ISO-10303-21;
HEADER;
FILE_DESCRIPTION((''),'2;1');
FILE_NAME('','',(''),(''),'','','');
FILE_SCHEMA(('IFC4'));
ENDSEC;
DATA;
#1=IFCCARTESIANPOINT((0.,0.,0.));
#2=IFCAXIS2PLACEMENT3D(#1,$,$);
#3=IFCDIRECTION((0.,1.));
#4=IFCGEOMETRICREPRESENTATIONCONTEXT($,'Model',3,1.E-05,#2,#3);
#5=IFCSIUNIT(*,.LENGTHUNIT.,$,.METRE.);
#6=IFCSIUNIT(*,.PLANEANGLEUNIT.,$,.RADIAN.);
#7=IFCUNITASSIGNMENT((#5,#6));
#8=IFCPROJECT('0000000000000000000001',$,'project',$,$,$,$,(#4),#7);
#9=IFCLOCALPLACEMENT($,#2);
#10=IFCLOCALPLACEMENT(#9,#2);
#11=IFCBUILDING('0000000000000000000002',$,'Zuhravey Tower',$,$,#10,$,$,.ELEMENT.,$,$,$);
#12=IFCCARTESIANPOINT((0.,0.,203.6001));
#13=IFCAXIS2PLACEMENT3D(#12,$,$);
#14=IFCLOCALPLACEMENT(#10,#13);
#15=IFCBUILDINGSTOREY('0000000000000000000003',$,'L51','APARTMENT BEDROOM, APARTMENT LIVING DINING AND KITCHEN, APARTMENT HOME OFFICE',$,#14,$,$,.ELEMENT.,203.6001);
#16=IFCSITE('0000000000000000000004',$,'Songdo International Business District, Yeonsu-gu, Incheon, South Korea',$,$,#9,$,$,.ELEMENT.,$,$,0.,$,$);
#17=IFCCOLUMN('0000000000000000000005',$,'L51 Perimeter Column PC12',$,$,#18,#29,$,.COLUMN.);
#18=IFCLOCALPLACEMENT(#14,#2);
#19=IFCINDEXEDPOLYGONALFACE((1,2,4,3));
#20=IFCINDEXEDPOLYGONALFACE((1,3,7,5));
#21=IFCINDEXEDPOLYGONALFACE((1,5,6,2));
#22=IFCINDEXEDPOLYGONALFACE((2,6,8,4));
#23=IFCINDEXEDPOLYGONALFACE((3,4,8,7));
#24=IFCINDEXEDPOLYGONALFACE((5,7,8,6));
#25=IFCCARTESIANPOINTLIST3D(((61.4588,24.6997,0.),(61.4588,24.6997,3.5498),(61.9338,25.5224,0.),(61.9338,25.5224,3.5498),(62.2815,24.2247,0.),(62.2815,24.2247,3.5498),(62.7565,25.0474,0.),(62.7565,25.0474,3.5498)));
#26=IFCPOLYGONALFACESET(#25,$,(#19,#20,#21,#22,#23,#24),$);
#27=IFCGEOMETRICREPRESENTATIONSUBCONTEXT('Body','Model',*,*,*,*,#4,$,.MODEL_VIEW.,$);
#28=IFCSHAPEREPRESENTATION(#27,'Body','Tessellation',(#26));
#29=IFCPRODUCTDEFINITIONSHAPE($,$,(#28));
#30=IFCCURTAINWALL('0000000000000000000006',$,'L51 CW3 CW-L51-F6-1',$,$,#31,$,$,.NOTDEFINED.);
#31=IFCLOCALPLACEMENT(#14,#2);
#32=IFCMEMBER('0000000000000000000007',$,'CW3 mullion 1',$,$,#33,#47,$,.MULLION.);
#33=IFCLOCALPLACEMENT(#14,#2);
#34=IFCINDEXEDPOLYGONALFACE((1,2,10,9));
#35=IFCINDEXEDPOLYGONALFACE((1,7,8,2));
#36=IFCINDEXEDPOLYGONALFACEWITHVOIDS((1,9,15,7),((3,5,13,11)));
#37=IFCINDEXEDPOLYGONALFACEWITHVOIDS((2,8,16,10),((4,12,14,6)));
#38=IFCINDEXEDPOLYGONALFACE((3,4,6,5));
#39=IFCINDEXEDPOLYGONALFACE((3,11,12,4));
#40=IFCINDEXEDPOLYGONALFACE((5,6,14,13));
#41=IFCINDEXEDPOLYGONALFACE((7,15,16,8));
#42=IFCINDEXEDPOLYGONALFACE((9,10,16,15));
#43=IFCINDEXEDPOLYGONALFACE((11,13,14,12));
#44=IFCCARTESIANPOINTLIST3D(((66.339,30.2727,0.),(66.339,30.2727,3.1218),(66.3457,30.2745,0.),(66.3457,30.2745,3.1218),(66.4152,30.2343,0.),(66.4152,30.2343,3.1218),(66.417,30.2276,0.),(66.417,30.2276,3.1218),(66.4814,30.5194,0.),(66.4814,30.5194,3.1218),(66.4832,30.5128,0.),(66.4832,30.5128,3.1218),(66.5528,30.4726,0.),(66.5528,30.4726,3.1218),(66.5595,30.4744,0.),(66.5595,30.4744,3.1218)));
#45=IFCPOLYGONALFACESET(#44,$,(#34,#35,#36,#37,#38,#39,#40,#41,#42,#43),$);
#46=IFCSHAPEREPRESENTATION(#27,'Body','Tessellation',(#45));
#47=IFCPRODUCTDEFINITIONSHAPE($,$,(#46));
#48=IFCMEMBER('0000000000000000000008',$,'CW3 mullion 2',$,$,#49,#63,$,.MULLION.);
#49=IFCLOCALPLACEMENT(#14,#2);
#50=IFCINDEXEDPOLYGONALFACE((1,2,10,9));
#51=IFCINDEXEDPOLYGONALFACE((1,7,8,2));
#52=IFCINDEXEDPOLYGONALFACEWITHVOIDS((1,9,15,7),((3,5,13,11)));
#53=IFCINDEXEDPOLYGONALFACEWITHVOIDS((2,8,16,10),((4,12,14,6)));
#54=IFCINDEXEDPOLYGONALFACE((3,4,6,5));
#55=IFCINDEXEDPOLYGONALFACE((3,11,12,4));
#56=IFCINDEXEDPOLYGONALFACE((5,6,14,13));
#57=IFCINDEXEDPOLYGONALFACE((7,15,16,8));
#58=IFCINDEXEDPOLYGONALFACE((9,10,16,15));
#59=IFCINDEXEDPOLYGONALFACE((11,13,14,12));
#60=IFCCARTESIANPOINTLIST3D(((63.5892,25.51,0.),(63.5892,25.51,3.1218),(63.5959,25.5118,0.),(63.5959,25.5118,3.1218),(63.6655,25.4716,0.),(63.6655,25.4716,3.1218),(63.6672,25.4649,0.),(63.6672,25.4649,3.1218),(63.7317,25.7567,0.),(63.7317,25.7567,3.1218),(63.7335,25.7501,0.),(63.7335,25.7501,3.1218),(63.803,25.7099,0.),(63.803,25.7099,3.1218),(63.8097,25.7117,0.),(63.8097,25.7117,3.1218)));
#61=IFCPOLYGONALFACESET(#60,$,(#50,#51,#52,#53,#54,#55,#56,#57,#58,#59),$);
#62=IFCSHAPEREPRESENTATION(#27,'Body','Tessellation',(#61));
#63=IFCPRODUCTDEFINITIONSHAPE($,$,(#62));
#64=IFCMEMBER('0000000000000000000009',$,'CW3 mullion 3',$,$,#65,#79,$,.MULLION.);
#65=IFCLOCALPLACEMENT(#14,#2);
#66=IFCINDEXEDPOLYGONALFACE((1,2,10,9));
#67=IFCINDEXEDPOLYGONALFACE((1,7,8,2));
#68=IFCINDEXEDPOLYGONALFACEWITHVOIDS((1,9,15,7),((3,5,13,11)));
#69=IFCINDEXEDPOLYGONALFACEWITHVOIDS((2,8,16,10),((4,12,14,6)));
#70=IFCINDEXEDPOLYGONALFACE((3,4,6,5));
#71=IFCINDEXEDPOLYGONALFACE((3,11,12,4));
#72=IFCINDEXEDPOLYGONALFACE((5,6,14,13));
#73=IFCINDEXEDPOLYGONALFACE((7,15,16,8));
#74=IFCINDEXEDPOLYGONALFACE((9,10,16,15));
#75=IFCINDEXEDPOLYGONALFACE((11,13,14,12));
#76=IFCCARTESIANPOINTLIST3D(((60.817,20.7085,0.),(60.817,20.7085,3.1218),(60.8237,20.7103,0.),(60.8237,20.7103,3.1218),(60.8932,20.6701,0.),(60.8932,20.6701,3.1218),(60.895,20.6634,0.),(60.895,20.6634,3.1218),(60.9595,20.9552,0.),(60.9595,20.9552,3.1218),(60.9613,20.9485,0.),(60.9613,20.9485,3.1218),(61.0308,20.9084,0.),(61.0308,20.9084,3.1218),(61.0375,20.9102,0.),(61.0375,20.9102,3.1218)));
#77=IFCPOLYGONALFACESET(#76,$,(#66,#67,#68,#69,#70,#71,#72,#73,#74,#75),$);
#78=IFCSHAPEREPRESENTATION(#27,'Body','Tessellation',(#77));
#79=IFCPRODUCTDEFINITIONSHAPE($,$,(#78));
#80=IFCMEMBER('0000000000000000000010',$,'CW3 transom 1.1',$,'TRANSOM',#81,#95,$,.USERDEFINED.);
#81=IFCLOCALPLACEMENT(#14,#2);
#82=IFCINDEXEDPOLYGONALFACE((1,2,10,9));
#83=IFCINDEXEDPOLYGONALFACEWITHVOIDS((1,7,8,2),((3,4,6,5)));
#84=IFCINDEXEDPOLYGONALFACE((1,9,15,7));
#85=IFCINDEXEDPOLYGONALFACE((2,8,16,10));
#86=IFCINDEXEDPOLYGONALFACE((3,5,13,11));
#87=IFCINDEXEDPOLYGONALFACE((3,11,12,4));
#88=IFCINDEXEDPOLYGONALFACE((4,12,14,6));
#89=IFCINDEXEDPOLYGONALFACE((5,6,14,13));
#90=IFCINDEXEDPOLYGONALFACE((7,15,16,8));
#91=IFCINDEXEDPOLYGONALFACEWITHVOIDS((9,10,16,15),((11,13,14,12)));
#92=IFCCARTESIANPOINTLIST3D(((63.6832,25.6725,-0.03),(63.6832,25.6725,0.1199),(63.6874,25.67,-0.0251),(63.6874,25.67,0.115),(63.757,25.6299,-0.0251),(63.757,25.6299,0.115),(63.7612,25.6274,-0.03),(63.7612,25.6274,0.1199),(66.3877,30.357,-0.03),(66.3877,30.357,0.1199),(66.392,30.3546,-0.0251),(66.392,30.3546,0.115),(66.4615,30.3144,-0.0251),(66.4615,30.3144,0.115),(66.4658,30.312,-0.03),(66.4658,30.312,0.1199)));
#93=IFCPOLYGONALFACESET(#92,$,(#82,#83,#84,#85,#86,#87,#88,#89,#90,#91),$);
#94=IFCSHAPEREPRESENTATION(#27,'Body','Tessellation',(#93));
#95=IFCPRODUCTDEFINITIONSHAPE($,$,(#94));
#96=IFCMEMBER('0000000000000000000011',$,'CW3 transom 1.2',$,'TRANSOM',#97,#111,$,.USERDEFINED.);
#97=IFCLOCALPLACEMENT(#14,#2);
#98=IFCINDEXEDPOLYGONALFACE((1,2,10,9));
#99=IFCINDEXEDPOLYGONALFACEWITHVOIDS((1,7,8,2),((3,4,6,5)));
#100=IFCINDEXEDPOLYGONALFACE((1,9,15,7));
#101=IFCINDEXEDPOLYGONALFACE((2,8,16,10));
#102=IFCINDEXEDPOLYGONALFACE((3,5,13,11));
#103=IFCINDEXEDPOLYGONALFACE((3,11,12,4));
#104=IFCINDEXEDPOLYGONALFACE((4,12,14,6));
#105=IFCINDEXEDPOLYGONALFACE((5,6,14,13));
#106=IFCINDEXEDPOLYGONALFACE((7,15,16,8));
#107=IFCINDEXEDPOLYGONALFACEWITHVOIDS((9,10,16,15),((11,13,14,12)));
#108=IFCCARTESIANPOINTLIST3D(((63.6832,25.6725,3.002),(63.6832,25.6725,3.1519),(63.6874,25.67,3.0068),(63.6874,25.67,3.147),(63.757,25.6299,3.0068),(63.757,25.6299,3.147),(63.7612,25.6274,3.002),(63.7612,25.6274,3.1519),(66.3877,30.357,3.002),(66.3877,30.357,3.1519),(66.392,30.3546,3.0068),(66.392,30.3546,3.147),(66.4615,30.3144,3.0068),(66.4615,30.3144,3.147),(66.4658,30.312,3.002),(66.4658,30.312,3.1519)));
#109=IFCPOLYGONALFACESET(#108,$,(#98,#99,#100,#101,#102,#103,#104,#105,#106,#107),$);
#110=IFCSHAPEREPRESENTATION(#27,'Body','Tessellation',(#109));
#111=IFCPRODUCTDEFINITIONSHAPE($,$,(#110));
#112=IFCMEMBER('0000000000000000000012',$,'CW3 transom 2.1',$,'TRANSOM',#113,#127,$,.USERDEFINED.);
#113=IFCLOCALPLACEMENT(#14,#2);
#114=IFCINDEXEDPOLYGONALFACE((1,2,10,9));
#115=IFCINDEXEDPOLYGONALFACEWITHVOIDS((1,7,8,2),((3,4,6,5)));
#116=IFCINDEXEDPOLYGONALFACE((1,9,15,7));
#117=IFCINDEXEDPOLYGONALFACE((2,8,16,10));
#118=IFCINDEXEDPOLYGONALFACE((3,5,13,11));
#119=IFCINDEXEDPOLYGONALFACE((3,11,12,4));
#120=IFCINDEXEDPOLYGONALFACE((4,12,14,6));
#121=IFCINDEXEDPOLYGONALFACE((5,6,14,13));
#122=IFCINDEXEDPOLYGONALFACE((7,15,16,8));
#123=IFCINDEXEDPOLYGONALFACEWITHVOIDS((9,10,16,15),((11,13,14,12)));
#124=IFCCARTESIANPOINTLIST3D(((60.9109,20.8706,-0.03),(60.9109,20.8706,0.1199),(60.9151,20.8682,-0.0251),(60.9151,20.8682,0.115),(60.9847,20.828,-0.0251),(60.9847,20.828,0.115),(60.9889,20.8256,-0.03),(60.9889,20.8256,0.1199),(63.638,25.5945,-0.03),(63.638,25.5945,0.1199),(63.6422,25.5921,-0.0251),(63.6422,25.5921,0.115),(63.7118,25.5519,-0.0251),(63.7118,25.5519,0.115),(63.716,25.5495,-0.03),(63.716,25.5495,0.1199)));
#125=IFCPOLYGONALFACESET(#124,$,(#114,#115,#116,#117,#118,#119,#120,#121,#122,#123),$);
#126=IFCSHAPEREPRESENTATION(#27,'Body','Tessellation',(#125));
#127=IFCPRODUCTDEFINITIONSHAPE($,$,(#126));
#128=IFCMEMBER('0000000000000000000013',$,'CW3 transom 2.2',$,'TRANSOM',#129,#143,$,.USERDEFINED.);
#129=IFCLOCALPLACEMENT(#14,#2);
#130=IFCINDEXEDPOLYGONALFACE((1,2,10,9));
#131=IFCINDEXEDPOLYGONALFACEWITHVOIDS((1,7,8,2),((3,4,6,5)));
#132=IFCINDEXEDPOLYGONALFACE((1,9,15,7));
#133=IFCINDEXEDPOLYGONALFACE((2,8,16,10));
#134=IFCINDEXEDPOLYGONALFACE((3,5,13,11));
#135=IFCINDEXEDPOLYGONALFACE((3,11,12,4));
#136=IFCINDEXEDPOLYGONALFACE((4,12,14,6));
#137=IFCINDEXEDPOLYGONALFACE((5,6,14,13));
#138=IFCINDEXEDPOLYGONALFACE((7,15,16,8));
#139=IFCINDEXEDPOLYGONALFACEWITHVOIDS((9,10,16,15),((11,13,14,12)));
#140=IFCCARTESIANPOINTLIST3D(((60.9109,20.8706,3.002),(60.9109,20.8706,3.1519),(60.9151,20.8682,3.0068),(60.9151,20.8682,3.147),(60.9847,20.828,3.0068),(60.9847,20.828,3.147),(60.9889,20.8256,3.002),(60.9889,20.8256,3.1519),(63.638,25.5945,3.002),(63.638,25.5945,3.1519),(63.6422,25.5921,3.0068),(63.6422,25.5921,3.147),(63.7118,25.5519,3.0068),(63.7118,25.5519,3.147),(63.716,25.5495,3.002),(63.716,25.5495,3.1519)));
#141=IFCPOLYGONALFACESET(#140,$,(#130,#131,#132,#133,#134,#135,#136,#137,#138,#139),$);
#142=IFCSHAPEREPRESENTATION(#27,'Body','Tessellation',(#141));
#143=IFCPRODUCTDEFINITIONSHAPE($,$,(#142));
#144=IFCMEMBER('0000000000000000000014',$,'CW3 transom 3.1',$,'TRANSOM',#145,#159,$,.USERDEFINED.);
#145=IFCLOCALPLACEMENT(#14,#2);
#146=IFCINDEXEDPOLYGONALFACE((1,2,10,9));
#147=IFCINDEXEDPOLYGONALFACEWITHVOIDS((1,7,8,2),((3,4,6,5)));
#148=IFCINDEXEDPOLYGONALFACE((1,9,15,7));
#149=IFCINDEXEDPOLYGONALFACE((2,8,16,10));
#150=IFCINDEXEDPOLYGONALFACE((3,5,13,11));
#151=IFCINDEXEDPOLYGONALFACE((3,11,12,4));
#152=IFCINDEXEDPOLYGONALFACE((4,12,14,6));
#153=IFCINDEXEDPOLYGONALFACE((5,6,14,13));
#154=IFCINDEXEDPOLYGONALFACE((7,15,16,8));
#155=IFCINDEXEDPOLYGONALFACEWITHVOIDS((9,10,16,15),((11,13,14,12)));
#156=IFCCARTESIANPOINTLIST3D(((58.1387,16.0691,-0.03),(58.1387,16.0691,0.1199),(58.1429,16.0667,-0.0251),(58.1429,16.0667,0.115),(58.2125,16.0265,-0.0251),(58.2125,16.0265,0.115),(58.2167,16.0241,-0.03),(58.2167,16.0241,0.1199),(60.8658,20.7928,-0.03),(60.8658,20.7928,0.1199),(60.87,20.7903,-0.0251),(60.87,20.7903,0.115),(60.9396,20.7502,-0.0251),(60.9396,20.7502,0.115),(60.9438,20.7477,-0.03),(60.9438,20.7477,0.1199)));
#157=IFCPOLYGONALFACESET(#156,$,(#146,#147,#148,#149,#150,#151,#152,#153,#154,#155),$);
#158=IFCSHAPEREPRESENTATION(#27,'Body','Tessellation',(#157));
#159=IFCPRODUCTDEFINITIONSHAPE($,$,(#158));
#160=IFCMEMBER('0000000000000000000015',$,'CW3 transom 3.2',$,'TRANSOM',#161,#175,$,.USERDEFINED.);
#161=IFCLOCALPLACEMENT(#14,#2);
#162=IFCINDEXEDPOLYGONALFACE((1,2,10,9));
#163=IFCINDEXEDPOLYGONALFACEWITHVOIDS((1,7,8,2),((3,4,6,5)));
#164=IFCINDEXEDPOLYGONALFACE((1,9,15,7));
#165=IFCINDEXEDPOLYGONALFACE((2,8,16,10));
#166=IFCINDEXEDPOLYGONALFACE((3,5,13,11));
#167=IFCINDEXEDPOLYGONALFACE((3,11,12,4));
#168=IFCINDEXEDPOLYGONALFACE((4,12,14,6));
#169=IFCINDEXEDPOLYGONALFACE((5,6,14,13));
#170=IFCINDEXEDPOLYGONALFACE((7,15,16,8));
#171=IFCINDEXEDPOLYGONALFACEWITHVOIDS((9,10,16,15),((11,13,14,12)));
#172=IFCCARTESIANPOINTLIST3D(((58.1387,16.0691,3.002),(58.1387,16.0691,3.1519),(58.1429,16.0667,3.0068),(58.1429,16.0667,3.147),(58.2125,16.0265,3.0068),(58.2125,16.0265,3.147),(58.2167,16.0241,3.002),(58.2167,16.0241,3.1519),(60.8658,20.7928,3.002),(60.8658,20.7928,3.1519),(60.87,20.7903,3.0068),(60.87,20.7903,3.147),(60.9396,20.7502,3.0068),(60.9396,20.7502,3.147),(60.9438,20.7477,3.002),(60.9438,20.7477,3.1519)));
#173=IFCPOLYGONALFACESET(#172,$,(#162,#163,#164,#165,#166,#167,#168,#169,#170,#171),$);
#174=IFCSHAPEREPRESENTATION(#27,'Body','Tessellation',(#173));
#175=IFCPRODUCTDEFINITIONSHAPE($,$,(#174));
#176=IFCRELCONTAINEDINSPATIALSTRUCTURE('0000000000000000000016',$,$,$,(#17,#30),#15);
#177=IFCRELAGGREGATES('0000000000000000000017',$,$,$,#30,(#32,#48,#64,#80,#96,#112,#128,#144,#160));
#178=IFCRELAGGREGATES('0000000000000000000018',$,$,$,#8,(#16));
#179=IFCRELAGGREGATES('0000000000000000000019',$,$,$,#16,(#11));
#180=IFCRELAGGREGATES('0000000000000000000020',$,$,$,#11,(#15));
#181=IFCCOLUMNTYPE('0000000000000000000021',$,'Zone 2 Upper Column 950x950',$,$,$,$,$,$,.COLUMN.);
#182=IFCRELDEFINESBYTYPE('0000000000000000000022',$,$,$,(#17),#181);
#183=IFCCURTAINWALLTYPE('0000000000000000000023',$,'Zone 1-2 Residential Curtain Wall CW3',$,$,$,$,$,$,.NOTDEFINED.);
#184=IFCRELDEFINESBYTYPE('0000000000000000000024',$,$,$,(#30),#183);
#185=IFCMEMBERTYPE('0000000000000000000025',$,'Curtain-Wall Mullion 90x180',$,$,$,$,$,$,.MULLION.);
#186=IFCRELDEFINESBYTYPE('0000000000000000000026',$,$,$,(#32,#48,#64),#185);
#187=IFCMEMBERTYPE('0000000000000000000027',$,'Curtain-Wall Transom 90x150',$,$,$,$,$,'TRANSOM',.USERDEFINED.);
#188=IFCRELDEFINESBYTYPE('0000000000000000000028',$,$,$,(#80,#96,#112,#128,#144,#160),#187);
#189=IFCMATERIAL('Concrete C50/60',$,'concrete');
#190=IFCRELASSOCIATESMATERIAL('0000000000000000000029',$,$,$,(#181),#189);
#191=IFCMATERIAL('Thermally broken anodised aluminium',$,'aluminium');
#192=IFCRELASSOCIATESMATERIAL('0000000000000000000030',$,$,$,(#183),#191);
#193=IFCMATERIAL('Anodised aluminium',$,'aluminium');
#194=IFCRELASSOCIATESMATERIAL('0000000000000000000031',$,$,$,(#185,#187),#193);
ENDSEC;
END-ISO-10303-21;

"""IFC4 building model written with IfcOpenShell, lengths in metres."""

from ifc_helpers import new_model, si_unit, direction, frame, origin, origin_2d, place, context, subcontext, project, spatial, rectangle, hollow_rectangle, extrude, material, material_profile, profile_set, type_object, element, aggregate, save


model = new_model("IFC4")

# Units and contexts
model_context = context("Model", 3, precision=1e-05, world=origin(), true_north=direction((0.0, 1.0)))
body_context = subcontext(model_context, "Body", "Model", "MODEL_VIEW")
ifc_project = project(units=[si_unit("LENGTHUNIT", "METRE"), si_unit("PLANEANGLEUNIT", "RADIAN")], contexts=[model_context])

# Site, building, storey
site_placement = place(None, origin())
site = spatial("IfcSite", under=ifc_project, at=site_placement, Name="Songdo International Business District, Yeonsu-gu, Incheon, South Korea", CompositionType="ELEMENT", RefElevation=0.0)
building_placement = place(site_placement, origin())
building = spatial("IfcBuilding", under=site, at=building_placement, Name="Zuhravey Tower", CompositionType="ELEMENT")
storey_placement = place(building_placement, frame((0.0, 0.0, 203.6001)))
storey = spatial("IfcBuildingStorey", under=building, at=storey_placement, Name="L51", Description="APARTMENT BEDROOM, APARTMENT LIVING DINING AND KITCHEN, APARTMENT HOME OFFICE", CompositionType="ELEMENT", Elevation=203.6001)

# Column
ifc_material_1 = material(Name="Concrete C50/60", Category="concrete")
ifc_material_profile_1 = material_profile(ifc_material_1, rectangle(XDim=0.95, YDim=0.95, at=origin_2d()), Name="RC-950x950")
ifc_profile_set_1 = profile_set([ifc_material_profile_1], Name="Concrete C50/60")
column_type = type_object("IfcColumnType", Name="Zone 2 Upper Column 950x950", PredefinedType="COLUMN", material=ifc_profile_set_1)
column_placement = place(storey_placement, frame((62.1077, 24.8735, 0.0), z_axis=(0.0, 0.0, 1.0), x_axis=(0.5, 0.866025, 0.0)))
element("IfcColumn", 1, at=column_placement, inside=storey, type_object=column_type, Name="L51 Perimeter Column PC12", PredefinedType="COLUMN", context=body_context, shape_type="SweptSolid", body=[
    extrude(rectangle(XDim=0.95, YDim=0.95, at=origin_2d()), origin(), (0.0, 0.0, 1.0), 3.5498),
])

# Curtain wall, members
ifc_material_2 = material(Name="Thermally broken anodised aluminium", Category="aluminium")
curtain_wall_type = type_object("IfcCurtainWallType", Name="Zone 1-2 Residential Curtain Wall CW3", PredefinedType="NOTDEFINED", material=ifc_material_2)
curtain_wall_placement = place(storey_placement, origin())
curtain_wall = element("IfcCurtainWall", 2, at=curtain_wall_placement, inside=storey, type_object=curtain_wall_type, Name="L51 CW3 CW-L51-F6-1", PredefinedType="NOTDEFINED")
ifc_material_3 = material(Name="Anodised aluminium", Category="aluminium")
ifc_material_profile_2 = material_profile(ifc_material_3, hollow_rectangle(XDim=0.0901, YDim=0.2849, WallThickness=0.0049, at=origin_2d()), Name="ALU-RHS-90x285x5")
ifc_profile_set_2 = profile_set([ifc_material_profile_2], Name="Anodised aluminium")
member_type_1 = type_object("IfcMemberType", Name="Curtain-Wall Mullion 90x180", PredefinedType="MULLION", material=ifc_profile_set_2)
member_1_placement = place(storey_placement, frame((66.4492, 30.3735, 0.0), z_axis=(0.0, 0.0, 1.0), x_axis=(0.866025, -0.5, 0.0)))
member_1 = element("IfcMember", 3, at=member_1_placement, type_object=member_type_1, Name="CW3 mullion 1", PredefinedType="MULLION", context=body_context, shape_type="SweptSolid", body=[
    extrude(hollow_rectangle(XDim=0.0901, YDim=0.2849, WallThickness=0.0049, at=origin_2d()), origin(), (0.0, 0.0, 1.0), 3.1218),
])
member_2_placement = place(storey_placement, frame((63.6995, 25.6108, 0.0), z_axis=(0.0, 0.0, 1.0), x_axis=(0.866025, -0.5, 0.0)))
member_2 = element("IfcMember", 4, at=member_2_placement, type_object=member_type_1, Name="CW3 mullion 2", PredefinedType="MULLION", context=body_context, shape_type="SweptSolid", body=[
    extrude(hollow_rectangle(XDim=0.0901, YDim=0.2849, WallThickness=0.0049, at=origin_2d()), origin(), (0.0, 0.0, 1.0), 3.1218),
])
member_3_placement = place(storey_placement, frame((60.9272, 20.8093, 0.0), z_axis=(0.0, 0.0, 1.0), x_axis=(0.866025, -0.5, 0.0)))
member_3 = element("IfcMember", 5, at=member_3_placement, type_object=member_type_1, Name="CW3 mullion 3", PredefinedType="MULLION", context=body_context, shape_type="SweptSolid", body=[
    extrude(hollow_rectangle(XDim=0.0901, YDim=0.2849, WallThickness=0.0049, at=origin_2d()), origin(), (0.0, 0.0, 1.0), 3.1218),
])
ifc_material_profile_3 = material_profile(ifc_material_3, hollow_rectangle(XDim=0.0901, YDim=0.1499, WallThickness=0.0049, at=origin_2d()), Name="ALU-RHS-90x150x5")
ifc_profile_set_3 = profile_set([ifc_material_profile_3], Name="Anodised aluminium")
member_type_2 = type_object("IfcMemberType", Name="Curtain-Wall Transom 90x150", ElementType="TRANSOM", PredefinedType="USERDEFINED", material=ifc_profile_set_3)
member_4_placement = place(storey_placement, frame((66.4268, 30.3345, 0.0449), z_axis=(-0.499993, -0.866029, 0.0), x_axis=(0.866029, -0.499993, 0.0)))
member_4 = element("IfcMember", 6, at=member_4_placement, type_object=member_type_2, Name="CW3 transom 1.1", ObjectType="TRANSOM", PredefinedType="USERDEFINED", context=body_context, shape_type="SweptSolid", body=[
    extrude(hollow_rectangle(XDim=0.0901, YDim=0.1499, WallThickness=0.0049, at=origin_2d()), origin(), (0.0, 0.0, 1.0), 5.4092),
])
member_5_placement = place(storey_placement, frame((66.4268, 30.3345, 3.0769), z_axis=(-0.499993, -0.866029, 0.0), x_axis=(0.866029, -0.499993, 0.0)))
member_5 = element("IfcMember", 7, at=member_5_placement, type_object=member_type_2, Name="CW3 transom 1.2", ObjectType="TRANSOM", PredefinedType="USERDEFINED", context=body_context, shape_type="SweptSolid", body=[
    extrude(hollow_rectangle(XDim=0.0901, YDim=0.1499, WallThickness=0.0049, at=origin_2d()), origin(), (0.0, 0.0, 1.0), 5.4092),
])
member_6_placement = place(storey_placement, frame((63.677, 25.572, 0.0449), z_axis=(-0.499961, -0.866048, 0.0), x_axis=(0.866048, -0.499961, 0.0)))
member_6 = element("IfcMember", 8, at=member_6_placement, type_object=member_type_2, Name="CW3 transom 2.1", ObjectType="TRANSOM", PredefinedType="USERDEFINED", context=body_context, shape_type="SweptSolid", body=[
    extrude(hollow_rectangle(XDim=0.0901, YDim=0.1499, WallThickness=0.0049, at=origin_2d()), origin(), (0.0, 0.0, 1.0), 5.4546),
])
member_7_placement = place(storey_placement, frame((63.677, 25.572, 3.0769), z_axis=(-0.499961, -0.866048, 0.0), x_axis=(0.866048, -0.499961, 0.0)))
member_7 = element("IfcMember", 9, at=member_7_placement, type_object=member_type_2, Name="CW3 transom 2.2", ObjectType="TRANSOM", PredefinedType="USERDEFINED", context=body_context, shape_type="SweptSolid", body=[
    extrude(hollow_rectangle(XDim=0.0901, YDim=0.1499, WallThickness=0.0049, at=origin_2d()), origin(), (0.0, 0.0, 1.0), 5.4546),
])
member_8_placement = place(storey_placement, frame((60.9048, 20.7703, 0.0449), z_axis=(-0.499981, -0.866037, 0.0), x_axis=(0.866037, -0.499981, 0.0)))
member_8 = element("IfcMember", 10, at=member_8_placement, type_object=member_type_2, Name="CW3 transom 3.1", ObjectType="TRANSOM", PredefinedType="USERDEFINED", context=body_context, shape_type="SweptSolid", body=[
    extrude(hollow_rectangle(XDim=0.0901, YDim=0.1499, WallThickness=0.0049, at=origin_2d()), origin(), (0.0, 0.0, 1.0), 5.4543),
])
member_9_placement = place(storey_placement, frame((60.9048, 20.7703, 3.0769), z_axis=(-0.499981, -0.866037, 0.0), x_axis=(0.866037, -0.499981, 0.0)))
member_9 = element("IfcMember", 11, at=member_9_placement, type_object=member_type_2, Name="CW3 transom 3.2", ObjectType="TRANSOM", PredefinedType="USERDEFINED", context=body_context, shape_type="SweptSolid", body=[
    extrude(hollow_rectangle(XDim=0.0901, YDim=0.1499, WallThickness=0.0049, at=origin_2d()), origin(), (0.0, 0.0, 1.0), 5.4543),
])

aggregate(curtain_wall, [member_1, member_2, member_3, member_4, member_5, member_6, member_7, member_8, member_9])

save(model, "model.ifc")
